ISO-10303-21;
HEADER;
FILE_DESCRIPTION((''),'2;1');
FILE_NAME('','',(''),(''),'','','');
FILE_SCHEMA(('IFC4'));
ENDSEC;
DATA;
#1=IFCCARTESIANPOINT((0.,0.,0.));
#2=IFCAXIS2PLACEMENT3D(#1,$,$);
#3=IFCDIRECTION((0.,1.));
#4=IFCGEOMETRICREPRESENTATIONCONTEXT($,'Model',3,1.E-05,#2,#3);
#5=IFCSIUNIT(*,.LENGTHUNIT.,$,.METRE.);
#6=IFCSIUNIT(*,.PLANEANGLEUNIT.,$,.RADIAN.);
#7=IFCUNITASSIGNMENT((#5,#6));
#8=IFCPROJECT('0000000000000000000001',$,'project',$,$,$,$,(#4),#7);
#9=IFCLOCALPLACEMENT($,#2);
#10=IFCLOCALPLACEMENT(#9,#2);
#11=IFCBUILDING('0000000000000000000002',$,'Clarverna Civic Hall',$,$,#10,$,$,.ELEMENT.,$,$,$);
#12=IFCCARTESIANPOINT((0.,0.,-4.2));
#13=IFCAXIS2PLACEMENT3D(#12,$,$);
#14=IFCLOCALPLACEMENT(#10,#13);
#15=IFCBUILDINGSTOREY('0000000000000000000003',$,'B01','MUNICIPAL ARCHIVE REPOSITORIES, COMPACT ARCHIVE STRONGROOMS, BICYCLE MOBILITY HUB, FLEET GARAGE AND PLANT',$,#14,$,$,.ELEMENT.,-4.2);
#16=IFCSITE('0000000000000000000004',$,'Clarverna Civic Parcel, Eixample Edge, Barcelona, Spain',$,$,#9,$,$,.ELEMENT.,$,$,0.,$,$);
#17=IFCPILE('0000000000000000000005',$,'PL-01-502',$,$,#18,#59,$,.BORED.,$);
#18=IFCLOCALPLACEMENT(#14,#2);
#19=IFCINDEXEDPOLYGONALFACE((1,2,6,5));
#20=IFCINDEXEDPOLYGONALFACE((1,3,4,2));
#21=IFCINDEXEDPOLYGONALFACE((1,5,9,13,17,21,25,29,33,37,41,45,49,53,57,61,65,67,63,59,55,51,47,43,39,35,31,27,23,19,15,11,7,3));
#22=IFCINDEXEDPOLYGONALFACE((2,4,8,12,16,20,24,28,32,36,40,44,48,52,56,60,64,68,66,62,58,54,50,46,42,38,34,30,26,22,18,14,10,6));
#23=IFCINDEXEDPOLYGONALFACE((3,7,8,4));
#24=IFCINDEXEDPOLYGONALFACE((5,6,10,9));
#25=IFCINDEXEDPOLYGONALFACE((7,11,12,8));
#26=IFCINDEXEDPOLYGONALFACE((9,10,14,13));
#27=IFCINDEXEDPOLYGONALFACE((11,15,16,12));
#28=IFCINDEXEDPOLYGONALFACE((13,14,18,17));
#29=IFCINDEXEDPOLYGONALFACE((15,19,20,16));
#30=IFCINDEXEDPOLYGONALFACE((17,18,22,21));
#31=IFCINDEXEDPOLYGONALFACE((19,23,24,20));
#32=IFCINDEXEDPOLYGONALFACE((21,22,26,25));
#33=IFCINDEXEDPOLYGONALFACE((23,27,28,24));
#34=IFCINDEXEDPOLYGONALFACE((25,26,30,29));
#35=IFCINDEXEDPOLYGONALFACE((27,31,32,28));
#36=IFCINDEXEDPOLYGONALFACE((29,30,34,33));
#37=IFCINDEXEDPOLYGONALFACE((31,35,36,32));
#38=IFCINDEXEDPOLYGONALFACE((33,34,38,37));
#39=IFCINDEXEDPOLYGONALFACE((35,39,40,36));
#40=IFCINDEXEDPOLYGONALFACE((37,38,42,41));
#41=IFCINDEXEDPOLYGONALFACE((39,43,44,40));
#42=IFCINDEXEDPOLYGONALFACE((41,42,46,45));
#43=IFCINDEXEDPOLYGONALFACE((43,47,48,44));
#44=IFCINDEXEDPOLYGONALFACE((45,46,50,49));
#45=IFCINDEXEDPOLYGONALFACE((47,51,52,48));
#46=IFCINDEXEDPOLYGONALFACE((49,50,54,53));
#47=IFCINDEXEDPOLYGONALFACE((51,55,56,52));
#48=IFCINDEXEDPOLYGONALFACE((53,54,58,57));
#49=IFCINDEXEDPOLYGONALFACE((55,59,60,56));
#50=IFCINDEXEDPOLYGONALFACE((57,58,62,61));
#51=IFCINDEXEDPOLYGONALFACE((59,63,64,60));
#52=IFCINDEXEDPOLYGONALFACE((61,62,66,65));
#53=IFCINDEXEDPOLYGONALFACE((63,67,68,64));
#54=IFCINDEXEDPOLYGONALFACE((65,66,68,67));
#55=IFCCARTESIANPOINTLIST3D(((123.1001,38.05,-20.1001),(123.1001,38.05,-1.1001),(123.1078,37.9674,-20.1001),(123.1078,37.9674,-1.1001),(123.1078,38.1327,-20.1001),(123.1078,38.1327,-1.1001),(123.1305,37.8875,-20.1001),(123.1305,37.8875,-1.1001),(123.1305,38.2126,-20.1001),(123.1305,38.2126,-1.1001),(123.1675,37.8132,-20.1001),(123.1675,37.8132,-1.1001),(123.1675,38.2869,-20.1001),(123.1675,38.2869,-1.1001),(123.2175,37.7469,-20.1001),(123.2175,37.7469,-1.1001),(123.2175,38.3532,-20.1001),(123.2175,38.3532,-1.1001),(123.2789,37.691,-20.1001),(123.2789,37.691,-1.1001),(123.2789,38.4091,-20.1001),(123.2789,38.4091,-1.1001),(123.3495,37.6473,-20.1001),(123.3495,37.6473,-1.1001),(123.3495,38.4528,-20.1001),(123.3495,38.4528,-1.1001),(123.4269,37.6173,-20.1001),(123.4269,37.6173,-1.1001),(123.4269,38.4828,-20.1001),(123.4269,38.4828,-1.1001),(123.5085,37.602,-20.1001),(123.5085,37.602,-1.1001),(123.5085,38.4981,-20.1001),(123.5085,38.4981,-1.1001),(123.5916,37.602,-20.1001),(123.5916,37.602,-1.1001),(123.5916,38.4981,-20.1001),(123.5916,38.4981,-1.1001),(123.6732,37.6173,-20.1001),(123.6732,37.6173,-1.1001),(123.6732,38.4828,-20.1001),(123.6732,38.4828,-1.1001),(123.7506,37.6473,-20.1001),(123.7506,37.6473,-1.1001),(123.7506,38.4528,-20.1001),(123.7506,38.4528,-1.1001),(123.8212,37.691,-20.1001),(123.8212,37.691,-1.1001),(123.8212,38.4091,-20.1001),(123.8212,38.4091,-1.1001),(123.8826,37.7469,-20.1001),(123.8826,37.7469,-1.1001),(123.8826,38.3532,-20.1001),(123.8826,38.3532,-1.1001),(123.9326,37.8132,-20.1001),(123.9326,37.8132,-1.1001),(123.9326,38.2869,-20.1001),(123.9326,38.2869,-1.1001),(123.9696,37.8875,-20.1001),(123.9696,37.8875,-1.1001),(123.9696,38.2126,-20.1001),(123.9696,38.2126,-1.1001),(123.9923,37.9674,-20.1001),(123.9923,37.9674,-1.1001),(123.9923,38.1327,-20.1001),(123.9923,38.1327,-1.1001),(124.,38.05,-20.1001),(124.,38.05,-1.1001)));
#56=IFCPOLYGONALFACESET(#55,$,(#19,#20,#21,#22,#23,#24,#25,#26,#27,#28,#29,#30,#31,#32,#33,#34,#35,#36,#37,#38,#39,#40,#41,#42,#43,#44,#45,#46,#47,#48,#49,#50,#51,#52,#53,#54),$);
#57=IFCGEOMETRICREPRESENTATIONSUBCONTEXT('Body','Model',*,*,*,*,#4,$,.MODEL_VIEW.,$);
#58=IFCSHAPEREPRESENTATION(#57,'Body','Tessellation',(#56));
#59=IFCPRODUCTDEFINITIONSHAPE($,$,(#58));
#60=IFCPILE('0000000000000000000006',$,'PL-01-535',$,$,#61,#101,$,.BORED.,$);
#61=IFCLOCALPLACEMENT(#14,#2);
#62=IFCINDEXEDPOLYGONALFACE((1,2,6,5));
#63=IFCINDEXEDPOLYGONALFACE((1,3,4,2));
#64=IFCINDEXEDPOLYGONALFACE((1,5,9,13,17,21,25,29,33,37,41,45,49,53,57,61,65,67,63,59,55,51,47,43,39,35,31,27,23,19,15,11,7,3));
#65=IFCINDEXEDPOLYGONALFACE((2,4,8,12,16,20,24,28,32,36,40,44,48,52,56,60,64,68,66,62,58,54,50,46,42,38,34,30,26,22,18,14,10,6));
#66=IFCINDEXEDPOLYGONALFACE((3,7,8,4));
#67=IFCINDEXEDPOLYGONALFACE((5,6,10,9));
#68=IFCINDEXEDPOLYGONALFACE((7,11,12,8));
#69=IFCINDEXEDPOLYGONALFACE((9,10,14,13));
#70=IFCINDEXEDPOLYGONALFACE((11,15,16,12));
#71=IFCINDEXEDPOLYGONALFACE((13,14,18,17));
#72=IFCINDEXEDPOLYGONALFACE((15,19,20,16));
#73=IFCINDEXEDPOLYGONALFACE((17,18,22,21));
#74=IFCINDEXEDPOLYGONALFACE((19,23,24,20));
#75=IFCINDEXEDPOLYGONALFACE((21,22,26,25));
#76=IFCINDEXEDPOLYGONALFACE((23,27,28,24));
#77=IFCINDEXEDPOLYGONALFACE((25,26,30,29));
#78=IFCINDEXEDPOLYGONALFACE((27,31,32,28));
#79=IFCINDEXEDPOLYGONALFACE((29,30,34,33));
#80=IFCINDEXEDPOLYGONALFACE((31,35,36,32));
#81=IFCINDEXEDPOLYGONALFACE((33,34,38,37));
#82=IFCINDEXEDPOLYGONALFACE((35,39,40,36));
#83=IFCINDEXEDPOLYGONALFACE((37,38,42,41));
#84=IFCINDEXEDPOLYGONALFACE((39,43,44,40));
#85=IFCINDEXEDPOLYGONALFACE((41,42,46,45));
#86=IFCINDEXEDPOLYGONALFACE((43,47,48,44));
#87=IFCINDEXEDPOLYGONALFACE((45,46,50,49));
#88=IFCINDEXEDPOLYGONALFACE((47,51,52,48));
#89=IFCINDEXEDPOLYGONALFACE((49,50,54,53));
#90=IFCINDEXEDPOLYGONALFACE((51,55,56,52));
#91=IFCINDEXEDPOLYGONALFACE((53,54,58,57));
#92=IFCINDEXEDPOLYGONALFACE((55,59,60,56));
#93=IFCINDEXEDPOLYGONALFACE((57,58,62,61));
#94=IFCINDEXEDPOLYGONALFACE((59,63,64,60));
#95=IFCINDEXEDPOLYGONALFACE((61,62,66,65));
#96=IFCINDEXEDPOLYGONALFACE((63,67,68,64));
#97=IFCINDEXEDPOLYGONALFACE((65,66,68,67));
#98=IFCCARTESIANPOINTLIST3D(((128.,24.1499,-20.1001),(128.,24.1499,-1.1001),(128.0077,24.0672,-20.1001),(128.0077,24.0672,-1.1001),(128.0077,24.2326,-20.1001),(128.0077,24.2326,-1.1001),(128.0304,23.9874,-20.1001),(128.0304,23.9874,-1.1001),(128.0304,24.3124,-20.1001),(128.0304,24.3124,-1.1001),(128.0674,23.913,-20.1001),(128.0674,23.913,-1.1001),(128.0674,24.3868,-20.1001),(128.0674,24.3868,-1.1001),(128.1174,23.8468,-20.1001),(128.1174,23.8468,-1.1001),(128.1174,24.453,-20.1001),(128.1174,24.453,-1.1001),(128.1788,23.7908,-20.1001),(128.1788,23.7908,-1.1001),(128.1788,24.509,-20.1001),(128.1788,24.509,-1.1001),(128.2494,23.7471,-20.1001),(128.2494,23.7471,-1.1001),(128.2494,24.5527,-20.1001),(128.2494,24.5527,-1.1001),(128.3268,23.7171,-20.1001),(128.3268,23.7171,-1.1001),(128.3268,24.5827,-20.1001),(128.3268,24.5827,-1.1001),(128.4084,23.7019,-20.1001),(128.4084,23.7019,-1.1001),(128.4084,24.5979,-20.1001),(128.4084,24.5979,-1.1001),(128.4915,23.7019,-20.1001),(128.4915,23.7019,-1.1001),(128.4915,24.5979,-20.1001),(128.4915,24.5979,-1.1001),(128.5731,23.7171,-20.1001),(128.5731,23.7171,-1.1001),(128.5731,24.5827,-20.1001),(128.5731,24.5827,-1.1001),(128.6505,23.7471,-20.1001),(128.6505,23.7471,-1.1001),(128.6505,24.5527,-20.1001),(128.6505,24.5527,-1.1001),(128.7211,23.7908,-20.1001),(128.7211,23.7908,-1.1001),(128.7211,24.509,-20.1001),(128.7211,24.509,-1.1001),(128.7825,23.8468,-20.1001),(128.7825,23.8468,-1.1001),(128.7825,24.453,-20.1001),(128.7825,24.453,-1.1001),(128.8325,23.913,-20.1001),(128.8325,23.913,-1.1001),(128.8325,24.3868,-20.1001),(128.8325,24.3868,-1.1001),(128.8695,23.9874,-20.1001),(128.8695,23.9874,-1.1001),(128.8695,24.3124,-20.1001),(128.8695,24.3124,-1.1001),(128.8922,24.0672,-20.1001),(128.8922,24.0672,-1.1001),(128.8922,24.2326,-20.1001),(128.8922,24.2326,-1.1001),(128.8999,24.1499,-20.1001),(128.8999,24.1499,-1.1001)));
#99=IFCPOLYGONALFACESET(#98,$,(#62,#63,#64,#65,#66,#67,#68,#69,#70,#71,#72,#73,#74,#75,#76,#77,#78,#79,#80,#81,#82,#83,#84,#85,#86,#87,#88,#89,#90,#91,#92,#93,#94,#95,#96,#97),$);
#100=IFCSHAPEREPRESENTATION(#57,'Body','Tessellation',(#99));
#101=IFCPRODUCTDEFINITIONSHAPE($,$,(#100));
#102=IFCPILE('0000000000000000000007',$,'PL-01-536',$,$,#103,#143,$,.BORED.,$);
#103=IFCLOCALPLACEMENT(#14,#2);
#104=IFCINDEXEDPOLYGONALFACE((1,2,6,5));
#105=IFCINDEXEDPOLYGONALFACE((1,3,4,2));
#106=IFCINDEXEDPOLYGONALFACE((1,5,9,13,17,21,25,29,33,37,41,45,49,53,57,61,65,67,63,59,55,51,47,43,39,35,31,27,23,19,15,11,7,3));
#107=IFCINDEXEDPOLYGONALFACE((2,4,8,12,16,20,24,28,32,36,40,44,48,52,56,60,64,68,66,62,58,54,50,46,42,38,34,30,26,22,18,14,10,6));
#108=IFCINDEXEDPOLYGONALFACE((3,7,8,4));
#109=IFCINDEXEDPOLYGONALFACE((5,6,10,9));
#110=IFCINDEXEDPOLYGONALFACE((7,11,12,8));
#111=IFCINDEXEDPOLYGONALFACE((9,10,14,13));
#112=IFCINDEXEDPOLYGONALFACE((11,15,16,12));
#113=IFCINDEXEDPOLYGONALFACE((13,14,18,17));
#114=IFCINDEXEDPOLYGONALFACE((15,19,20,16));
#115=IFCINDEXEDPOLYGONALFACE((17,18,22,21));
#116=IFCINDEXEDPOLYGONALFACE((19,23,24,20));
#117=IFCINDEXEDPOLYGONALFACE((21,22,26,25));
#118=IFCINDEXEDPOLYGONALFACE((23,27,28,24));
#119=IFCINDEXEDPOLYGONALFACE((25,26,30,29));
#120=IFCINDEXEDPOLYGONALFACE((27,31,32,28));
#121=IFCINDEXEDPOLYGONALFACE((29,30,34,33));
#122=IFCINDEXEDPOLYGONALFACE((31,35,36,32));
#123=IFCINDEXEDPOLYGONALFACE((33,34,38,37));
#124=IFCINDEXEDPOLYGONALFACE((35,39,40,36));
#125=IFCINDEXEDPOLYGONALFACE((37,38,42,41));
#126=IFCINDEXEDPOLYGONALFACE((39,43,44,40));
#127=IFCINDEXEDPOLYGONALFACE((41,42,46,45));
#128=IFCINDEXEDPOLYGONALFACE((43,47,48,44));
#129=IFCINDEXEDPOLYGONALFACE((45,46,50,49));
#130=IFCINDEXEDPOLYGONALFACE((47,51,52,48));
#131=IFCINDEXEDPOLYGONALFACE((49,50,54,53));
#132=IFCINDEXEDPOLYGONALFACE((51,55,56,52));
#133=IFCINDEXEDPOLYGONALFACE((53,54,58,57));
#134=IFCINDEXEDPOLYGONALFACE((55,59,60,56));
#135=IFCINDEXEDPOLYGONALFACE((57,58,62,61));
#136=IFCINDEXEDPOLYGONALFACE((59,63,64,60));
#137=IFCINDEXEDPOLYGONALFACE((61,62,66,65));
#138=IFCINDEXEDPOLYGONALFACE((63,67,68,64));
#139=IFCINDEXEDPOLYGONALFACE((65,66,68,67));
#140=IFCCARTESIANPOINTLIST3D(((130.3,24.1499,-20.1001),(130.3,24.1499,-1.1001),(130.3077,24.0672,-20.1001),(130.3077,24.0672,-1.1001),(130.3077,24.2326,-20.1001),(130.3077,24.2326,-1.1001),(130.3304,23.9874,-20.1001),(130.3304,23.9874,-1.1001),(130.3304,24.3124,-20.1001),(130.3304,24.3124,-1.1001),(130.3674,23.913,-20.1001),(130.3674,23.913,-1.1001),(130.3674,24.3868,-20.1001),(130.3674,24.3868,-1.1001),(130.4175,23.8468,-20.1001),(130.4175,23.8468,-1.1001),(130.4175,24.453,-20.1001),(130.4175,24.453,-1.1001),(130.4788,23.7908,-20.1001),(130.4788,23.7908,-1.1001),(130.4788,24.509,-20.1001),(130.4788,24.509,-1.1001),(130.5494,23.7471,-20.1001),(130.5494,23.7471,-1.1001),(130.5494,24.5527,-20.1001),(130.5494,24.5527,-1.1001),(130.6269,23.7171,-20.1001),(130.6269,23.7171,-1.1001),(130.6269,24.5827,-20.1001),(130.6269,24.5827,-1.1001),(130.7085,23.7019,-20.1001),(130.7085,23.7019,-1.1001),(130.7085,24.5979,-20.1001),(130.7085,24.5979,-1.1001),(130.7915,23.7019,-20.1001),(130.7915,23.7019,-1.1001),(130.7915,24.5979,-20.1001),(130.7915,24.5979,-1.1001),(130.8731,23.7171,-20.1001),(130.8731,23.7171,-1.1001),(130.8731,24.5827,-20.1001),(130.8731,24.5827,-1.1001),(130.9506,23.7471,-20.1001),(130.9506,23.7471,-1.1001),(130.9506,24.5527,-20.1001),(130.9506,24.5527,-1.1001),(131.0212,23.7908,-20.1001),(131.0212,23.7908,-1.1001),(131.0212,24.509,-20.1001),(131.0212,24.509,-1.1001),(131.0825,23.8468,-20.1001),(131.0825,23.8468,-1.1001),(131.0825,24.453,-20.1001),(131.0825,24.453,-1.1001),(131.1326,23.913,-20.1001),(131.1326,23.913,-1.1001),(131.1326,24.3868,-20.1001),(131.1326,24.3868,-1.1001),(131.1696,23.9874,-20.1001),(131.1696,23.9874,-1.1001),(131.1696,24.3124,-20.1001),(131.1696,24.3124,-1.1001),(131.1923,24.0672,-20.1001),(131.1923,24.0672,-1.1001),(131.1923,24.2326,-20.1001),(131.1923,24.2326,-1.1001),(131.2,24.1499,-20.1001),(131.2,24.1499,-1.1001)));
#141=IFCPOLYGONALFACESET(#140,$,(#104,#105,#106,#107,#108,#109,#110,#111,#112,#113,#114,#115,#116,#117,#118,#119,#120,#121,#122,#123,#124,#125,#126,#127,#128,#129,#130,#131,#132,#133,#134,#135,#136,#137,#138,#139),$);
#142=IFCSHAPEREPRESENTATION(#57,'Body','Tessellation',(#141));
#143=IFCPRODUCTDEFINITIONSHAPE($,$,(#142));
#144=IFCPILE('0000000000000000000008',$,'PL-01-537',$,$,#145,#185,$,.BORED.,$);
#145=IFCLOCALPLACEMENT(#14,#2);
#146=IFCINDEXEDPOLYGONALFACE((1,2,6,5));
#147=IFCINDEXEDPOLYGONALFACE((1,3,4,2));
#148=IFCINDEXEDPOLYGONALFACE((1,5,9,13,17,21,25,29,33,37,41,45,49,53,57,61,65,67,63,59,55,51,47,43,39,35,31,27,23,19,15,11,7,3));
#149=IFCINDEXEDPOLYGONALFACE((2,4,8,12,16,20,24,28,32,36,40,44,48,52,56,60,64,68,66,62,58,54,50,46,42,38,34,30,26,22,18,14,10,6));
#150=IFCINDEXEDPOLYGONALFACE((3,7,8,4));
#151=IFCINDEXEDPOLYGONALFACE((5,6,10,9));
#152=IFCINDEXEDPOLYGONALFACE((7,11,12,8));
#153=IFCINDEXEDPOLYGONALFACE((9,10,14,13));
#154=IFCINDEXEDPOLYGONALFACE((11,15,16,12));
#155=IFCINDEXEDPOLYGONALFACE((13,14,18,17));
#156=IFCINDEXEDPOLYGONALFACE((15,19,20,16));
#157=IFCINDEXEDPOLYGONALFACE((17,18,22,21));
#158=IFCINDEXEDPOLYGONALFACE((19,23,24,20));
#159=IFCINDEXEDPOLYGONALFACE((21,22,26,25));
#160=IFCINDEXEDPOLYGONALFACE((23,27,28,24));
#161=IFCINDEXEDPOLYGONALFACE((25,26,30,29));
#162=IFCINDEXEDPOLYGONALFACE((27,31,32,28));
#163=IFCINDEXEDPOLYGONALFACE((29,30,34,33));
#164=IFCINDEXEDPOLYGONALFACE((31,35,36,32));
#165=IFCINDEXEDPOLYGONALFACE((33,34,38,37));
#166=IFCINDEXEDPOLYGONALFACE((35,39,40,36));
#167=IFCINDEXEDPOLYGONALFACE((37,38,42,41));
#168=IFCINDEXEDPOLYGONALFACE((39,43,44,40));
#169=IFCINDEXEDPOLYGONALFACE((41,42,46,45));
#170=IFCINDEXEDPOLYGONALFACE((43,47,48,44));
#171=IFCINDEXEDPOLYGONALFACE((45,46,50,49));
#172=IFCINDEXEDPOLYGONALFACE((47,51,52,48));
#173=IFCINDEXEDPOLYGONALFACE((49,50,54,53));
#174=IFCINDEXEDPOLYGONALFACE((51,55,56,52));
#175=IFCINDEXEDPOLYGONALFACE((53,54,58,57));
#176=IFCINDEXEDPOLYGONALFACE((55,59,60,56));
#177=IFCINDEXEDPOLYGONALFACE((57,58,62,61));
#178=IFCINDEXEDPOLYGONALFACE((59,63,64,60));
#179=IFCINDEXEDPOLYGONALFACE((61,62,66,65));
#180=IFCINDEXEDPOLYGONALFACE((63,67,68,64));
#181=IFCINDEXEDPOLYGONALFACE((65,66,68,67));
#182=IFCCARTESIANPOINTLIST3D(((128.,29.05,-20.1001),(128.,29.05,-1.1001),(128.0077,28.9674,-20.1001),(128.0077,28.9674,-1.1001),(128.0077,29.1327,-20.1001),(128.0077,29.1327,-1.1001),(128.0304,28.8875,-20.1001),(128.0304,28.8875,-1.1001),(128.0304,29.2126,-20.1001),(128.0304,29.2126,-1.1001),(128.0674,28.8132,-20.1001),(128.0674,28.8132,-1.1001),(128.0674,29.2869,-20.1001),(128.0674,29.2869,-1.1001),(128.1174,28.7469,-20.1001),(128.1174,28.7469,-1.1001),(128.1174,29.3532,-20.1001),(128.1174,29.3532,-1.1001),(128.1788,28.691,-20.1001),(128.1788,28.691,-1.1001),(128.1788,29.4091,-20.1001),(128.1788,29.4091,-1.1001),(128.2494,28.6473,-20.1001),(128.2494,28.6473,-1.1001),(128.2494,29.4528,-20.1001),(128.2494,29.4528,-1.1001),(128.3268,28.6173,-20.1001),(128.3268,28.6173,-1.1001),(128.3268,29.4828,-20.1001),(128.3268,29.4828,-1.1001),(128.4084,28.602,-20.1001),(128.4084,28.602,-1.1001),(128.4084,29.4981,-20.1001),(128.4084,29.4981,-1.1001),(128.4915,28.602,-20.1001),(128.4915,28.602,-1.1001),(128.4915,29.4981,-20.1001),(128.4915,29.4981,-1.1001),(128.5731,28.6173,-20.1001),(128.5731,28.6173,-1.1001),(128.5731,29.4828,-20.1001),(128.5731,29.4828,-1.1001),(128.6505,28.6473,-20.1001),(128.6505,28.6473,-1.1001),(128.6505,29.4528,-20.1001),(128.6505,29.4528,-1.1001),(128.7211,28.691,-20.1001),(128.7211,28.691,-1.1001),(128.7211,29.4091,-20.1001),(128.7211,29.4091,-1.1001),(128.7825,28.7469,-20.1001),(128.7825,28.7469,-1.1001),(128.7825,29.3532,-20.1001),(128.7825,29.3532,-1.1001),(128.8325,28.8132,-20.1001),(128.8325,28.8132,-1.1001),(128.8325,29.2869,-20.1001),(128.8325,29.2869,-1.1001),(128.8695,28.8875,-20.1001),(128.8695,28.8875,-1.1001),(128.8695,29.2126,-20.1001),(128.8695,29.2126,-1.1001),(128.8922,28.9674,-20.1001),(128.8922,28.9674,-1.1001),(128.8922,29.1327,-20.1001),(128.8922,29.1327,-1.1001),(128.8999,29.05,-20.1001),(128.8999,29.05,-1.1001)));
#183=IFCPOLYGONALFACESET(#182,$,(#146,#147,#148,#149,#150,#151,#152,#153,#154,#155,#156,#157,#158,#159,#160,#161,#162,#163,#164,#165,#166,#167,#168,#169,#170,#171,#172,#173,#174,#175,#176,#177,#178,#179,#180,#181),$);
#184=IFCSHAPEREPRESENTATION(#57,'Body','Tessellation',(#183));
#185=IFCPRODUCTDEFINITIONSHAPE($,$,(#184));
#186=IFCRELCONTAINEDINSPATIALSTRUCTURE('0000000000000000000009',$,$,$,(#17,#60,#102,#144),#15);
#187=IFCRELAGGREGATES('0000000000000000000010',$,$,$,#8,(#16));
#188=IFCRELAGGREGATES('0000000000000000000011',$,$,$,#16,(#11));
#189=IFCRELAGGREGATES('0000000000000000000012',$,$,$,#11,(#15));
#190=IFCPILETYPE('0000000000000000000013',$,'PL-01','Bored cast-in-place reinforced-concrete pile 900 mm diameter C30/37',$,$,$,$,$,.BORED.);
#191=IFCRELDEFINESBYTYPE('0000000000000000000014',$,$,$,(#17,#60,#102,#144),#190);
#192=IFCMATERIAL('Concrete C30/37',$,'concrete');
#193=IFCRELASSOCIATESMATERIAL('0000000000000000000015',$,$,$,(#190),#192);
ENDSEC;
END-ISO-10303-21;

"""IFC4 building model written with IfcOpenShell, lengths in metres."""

from ifc_helpers import new_model, si_unit, direction, frame, origin, origin_2d, place, context, subcontext, project, spatial, circle, extrude, material, material_profile, profile_set, type_object, element, save


model = new_model("IFC4")

# Units and contexts
model_context = context("Model", 3, precision=1e-05, world=origin(), true_north=direction((0.0, 1.0)))
body_context = subcontext(model_context, "Body", "Model", "MODEL_VIEW")
ifc_project = project(units=[si_unit("LENGTHUNIT", "METRE"), si_unit("PLANEANGLEUNIT", "RADIAN")], contexts=[model_context])

# Site, building, storey
site_placement = place(None, origin())
site = spatial("IfcSite", under=ifc_project, at=site_placement, Name="Clarverna Civic Parcel, Eixample Edge, Barcelona, Spain", CompositionType="ELEMENT", RefElevation=0.0)
building_placement = place(site_placement, origin())
building = spatial("IfcBuilding", under=site, at=building_placement, Name="Clarverna Civic Hall", CompositionType="ELEMENT")
storey_placement = place(building_placement, frame((0.0, 0.0, -4.2)))
storey = spatial("IfcBuildingStorey", under=building, at=storey_placement, Name="B01", Description="MUNICIPAL ARCHIVE REPOSITORIES, COMPACT ARCHIVE STRONGROOMS, BICYCLE MOBILITY HUB, FLEET GARAGE AND PLANT", CompositionType="ELEMENT", Elevation=-4.2)

# Shared definitions
ifc_material_1 = material(Name="Concrete C30/37", Category="concrete")

# Piles
ifc_material_profile_1 = material_profile(ifc_material_1, circle(Radius=0.45, at=origin_2d()), Name="BORED PILE D900")
ifc_profile_set_1 = profile_set([ifc_material_profile_1], Name="Concrete C30/37")
pile_type = type_object("IfcPileType", Name="PL-01", Description="Bored cast-in-place reinforced-concrete pile 900 mm diameter C30/37", PredefinedType="BORED", material=ifc_profile_set_1)
for number, where, z_axis, x_axis, name in (
    (1, (123.55, 38.05, -1.1001), (0.0, 0.0, -1.0), (1.0, 0.0, 0.0), "PL-01-502"),
    (2, (128.45, 24.1499, -1.1001), (0.0, 0.0, -1.0), (1.0, 0.0, 0.0), "PL-01-535"),
    (3, (130.75, 24.1499, -1.1001), (0.0, 0.0, -1.0), (1.0, 0.0, 0.0), "PL-01-536"),
    (4, (128.45, 29.05, -1.1001), (0.0, 0.0, -1.0), (1.0, 0.0, 0.0), "PL-01-537"),
):
    element("IfcPile", number, at=place(storey_placement, frame(where, z_axis=z_axis, x_axis=x_axis)), inside=storey, type_object=pile_type, Name=name, PredefinedType="BORED", context=body_context, shape_type="SweptSolid", body=[
        extrude(circle(Radius=0.45, at=origin_2d()), origin(), (0.0, 0.0, 1.0), 19.0),
    ])

save(model, "model.ifc")
